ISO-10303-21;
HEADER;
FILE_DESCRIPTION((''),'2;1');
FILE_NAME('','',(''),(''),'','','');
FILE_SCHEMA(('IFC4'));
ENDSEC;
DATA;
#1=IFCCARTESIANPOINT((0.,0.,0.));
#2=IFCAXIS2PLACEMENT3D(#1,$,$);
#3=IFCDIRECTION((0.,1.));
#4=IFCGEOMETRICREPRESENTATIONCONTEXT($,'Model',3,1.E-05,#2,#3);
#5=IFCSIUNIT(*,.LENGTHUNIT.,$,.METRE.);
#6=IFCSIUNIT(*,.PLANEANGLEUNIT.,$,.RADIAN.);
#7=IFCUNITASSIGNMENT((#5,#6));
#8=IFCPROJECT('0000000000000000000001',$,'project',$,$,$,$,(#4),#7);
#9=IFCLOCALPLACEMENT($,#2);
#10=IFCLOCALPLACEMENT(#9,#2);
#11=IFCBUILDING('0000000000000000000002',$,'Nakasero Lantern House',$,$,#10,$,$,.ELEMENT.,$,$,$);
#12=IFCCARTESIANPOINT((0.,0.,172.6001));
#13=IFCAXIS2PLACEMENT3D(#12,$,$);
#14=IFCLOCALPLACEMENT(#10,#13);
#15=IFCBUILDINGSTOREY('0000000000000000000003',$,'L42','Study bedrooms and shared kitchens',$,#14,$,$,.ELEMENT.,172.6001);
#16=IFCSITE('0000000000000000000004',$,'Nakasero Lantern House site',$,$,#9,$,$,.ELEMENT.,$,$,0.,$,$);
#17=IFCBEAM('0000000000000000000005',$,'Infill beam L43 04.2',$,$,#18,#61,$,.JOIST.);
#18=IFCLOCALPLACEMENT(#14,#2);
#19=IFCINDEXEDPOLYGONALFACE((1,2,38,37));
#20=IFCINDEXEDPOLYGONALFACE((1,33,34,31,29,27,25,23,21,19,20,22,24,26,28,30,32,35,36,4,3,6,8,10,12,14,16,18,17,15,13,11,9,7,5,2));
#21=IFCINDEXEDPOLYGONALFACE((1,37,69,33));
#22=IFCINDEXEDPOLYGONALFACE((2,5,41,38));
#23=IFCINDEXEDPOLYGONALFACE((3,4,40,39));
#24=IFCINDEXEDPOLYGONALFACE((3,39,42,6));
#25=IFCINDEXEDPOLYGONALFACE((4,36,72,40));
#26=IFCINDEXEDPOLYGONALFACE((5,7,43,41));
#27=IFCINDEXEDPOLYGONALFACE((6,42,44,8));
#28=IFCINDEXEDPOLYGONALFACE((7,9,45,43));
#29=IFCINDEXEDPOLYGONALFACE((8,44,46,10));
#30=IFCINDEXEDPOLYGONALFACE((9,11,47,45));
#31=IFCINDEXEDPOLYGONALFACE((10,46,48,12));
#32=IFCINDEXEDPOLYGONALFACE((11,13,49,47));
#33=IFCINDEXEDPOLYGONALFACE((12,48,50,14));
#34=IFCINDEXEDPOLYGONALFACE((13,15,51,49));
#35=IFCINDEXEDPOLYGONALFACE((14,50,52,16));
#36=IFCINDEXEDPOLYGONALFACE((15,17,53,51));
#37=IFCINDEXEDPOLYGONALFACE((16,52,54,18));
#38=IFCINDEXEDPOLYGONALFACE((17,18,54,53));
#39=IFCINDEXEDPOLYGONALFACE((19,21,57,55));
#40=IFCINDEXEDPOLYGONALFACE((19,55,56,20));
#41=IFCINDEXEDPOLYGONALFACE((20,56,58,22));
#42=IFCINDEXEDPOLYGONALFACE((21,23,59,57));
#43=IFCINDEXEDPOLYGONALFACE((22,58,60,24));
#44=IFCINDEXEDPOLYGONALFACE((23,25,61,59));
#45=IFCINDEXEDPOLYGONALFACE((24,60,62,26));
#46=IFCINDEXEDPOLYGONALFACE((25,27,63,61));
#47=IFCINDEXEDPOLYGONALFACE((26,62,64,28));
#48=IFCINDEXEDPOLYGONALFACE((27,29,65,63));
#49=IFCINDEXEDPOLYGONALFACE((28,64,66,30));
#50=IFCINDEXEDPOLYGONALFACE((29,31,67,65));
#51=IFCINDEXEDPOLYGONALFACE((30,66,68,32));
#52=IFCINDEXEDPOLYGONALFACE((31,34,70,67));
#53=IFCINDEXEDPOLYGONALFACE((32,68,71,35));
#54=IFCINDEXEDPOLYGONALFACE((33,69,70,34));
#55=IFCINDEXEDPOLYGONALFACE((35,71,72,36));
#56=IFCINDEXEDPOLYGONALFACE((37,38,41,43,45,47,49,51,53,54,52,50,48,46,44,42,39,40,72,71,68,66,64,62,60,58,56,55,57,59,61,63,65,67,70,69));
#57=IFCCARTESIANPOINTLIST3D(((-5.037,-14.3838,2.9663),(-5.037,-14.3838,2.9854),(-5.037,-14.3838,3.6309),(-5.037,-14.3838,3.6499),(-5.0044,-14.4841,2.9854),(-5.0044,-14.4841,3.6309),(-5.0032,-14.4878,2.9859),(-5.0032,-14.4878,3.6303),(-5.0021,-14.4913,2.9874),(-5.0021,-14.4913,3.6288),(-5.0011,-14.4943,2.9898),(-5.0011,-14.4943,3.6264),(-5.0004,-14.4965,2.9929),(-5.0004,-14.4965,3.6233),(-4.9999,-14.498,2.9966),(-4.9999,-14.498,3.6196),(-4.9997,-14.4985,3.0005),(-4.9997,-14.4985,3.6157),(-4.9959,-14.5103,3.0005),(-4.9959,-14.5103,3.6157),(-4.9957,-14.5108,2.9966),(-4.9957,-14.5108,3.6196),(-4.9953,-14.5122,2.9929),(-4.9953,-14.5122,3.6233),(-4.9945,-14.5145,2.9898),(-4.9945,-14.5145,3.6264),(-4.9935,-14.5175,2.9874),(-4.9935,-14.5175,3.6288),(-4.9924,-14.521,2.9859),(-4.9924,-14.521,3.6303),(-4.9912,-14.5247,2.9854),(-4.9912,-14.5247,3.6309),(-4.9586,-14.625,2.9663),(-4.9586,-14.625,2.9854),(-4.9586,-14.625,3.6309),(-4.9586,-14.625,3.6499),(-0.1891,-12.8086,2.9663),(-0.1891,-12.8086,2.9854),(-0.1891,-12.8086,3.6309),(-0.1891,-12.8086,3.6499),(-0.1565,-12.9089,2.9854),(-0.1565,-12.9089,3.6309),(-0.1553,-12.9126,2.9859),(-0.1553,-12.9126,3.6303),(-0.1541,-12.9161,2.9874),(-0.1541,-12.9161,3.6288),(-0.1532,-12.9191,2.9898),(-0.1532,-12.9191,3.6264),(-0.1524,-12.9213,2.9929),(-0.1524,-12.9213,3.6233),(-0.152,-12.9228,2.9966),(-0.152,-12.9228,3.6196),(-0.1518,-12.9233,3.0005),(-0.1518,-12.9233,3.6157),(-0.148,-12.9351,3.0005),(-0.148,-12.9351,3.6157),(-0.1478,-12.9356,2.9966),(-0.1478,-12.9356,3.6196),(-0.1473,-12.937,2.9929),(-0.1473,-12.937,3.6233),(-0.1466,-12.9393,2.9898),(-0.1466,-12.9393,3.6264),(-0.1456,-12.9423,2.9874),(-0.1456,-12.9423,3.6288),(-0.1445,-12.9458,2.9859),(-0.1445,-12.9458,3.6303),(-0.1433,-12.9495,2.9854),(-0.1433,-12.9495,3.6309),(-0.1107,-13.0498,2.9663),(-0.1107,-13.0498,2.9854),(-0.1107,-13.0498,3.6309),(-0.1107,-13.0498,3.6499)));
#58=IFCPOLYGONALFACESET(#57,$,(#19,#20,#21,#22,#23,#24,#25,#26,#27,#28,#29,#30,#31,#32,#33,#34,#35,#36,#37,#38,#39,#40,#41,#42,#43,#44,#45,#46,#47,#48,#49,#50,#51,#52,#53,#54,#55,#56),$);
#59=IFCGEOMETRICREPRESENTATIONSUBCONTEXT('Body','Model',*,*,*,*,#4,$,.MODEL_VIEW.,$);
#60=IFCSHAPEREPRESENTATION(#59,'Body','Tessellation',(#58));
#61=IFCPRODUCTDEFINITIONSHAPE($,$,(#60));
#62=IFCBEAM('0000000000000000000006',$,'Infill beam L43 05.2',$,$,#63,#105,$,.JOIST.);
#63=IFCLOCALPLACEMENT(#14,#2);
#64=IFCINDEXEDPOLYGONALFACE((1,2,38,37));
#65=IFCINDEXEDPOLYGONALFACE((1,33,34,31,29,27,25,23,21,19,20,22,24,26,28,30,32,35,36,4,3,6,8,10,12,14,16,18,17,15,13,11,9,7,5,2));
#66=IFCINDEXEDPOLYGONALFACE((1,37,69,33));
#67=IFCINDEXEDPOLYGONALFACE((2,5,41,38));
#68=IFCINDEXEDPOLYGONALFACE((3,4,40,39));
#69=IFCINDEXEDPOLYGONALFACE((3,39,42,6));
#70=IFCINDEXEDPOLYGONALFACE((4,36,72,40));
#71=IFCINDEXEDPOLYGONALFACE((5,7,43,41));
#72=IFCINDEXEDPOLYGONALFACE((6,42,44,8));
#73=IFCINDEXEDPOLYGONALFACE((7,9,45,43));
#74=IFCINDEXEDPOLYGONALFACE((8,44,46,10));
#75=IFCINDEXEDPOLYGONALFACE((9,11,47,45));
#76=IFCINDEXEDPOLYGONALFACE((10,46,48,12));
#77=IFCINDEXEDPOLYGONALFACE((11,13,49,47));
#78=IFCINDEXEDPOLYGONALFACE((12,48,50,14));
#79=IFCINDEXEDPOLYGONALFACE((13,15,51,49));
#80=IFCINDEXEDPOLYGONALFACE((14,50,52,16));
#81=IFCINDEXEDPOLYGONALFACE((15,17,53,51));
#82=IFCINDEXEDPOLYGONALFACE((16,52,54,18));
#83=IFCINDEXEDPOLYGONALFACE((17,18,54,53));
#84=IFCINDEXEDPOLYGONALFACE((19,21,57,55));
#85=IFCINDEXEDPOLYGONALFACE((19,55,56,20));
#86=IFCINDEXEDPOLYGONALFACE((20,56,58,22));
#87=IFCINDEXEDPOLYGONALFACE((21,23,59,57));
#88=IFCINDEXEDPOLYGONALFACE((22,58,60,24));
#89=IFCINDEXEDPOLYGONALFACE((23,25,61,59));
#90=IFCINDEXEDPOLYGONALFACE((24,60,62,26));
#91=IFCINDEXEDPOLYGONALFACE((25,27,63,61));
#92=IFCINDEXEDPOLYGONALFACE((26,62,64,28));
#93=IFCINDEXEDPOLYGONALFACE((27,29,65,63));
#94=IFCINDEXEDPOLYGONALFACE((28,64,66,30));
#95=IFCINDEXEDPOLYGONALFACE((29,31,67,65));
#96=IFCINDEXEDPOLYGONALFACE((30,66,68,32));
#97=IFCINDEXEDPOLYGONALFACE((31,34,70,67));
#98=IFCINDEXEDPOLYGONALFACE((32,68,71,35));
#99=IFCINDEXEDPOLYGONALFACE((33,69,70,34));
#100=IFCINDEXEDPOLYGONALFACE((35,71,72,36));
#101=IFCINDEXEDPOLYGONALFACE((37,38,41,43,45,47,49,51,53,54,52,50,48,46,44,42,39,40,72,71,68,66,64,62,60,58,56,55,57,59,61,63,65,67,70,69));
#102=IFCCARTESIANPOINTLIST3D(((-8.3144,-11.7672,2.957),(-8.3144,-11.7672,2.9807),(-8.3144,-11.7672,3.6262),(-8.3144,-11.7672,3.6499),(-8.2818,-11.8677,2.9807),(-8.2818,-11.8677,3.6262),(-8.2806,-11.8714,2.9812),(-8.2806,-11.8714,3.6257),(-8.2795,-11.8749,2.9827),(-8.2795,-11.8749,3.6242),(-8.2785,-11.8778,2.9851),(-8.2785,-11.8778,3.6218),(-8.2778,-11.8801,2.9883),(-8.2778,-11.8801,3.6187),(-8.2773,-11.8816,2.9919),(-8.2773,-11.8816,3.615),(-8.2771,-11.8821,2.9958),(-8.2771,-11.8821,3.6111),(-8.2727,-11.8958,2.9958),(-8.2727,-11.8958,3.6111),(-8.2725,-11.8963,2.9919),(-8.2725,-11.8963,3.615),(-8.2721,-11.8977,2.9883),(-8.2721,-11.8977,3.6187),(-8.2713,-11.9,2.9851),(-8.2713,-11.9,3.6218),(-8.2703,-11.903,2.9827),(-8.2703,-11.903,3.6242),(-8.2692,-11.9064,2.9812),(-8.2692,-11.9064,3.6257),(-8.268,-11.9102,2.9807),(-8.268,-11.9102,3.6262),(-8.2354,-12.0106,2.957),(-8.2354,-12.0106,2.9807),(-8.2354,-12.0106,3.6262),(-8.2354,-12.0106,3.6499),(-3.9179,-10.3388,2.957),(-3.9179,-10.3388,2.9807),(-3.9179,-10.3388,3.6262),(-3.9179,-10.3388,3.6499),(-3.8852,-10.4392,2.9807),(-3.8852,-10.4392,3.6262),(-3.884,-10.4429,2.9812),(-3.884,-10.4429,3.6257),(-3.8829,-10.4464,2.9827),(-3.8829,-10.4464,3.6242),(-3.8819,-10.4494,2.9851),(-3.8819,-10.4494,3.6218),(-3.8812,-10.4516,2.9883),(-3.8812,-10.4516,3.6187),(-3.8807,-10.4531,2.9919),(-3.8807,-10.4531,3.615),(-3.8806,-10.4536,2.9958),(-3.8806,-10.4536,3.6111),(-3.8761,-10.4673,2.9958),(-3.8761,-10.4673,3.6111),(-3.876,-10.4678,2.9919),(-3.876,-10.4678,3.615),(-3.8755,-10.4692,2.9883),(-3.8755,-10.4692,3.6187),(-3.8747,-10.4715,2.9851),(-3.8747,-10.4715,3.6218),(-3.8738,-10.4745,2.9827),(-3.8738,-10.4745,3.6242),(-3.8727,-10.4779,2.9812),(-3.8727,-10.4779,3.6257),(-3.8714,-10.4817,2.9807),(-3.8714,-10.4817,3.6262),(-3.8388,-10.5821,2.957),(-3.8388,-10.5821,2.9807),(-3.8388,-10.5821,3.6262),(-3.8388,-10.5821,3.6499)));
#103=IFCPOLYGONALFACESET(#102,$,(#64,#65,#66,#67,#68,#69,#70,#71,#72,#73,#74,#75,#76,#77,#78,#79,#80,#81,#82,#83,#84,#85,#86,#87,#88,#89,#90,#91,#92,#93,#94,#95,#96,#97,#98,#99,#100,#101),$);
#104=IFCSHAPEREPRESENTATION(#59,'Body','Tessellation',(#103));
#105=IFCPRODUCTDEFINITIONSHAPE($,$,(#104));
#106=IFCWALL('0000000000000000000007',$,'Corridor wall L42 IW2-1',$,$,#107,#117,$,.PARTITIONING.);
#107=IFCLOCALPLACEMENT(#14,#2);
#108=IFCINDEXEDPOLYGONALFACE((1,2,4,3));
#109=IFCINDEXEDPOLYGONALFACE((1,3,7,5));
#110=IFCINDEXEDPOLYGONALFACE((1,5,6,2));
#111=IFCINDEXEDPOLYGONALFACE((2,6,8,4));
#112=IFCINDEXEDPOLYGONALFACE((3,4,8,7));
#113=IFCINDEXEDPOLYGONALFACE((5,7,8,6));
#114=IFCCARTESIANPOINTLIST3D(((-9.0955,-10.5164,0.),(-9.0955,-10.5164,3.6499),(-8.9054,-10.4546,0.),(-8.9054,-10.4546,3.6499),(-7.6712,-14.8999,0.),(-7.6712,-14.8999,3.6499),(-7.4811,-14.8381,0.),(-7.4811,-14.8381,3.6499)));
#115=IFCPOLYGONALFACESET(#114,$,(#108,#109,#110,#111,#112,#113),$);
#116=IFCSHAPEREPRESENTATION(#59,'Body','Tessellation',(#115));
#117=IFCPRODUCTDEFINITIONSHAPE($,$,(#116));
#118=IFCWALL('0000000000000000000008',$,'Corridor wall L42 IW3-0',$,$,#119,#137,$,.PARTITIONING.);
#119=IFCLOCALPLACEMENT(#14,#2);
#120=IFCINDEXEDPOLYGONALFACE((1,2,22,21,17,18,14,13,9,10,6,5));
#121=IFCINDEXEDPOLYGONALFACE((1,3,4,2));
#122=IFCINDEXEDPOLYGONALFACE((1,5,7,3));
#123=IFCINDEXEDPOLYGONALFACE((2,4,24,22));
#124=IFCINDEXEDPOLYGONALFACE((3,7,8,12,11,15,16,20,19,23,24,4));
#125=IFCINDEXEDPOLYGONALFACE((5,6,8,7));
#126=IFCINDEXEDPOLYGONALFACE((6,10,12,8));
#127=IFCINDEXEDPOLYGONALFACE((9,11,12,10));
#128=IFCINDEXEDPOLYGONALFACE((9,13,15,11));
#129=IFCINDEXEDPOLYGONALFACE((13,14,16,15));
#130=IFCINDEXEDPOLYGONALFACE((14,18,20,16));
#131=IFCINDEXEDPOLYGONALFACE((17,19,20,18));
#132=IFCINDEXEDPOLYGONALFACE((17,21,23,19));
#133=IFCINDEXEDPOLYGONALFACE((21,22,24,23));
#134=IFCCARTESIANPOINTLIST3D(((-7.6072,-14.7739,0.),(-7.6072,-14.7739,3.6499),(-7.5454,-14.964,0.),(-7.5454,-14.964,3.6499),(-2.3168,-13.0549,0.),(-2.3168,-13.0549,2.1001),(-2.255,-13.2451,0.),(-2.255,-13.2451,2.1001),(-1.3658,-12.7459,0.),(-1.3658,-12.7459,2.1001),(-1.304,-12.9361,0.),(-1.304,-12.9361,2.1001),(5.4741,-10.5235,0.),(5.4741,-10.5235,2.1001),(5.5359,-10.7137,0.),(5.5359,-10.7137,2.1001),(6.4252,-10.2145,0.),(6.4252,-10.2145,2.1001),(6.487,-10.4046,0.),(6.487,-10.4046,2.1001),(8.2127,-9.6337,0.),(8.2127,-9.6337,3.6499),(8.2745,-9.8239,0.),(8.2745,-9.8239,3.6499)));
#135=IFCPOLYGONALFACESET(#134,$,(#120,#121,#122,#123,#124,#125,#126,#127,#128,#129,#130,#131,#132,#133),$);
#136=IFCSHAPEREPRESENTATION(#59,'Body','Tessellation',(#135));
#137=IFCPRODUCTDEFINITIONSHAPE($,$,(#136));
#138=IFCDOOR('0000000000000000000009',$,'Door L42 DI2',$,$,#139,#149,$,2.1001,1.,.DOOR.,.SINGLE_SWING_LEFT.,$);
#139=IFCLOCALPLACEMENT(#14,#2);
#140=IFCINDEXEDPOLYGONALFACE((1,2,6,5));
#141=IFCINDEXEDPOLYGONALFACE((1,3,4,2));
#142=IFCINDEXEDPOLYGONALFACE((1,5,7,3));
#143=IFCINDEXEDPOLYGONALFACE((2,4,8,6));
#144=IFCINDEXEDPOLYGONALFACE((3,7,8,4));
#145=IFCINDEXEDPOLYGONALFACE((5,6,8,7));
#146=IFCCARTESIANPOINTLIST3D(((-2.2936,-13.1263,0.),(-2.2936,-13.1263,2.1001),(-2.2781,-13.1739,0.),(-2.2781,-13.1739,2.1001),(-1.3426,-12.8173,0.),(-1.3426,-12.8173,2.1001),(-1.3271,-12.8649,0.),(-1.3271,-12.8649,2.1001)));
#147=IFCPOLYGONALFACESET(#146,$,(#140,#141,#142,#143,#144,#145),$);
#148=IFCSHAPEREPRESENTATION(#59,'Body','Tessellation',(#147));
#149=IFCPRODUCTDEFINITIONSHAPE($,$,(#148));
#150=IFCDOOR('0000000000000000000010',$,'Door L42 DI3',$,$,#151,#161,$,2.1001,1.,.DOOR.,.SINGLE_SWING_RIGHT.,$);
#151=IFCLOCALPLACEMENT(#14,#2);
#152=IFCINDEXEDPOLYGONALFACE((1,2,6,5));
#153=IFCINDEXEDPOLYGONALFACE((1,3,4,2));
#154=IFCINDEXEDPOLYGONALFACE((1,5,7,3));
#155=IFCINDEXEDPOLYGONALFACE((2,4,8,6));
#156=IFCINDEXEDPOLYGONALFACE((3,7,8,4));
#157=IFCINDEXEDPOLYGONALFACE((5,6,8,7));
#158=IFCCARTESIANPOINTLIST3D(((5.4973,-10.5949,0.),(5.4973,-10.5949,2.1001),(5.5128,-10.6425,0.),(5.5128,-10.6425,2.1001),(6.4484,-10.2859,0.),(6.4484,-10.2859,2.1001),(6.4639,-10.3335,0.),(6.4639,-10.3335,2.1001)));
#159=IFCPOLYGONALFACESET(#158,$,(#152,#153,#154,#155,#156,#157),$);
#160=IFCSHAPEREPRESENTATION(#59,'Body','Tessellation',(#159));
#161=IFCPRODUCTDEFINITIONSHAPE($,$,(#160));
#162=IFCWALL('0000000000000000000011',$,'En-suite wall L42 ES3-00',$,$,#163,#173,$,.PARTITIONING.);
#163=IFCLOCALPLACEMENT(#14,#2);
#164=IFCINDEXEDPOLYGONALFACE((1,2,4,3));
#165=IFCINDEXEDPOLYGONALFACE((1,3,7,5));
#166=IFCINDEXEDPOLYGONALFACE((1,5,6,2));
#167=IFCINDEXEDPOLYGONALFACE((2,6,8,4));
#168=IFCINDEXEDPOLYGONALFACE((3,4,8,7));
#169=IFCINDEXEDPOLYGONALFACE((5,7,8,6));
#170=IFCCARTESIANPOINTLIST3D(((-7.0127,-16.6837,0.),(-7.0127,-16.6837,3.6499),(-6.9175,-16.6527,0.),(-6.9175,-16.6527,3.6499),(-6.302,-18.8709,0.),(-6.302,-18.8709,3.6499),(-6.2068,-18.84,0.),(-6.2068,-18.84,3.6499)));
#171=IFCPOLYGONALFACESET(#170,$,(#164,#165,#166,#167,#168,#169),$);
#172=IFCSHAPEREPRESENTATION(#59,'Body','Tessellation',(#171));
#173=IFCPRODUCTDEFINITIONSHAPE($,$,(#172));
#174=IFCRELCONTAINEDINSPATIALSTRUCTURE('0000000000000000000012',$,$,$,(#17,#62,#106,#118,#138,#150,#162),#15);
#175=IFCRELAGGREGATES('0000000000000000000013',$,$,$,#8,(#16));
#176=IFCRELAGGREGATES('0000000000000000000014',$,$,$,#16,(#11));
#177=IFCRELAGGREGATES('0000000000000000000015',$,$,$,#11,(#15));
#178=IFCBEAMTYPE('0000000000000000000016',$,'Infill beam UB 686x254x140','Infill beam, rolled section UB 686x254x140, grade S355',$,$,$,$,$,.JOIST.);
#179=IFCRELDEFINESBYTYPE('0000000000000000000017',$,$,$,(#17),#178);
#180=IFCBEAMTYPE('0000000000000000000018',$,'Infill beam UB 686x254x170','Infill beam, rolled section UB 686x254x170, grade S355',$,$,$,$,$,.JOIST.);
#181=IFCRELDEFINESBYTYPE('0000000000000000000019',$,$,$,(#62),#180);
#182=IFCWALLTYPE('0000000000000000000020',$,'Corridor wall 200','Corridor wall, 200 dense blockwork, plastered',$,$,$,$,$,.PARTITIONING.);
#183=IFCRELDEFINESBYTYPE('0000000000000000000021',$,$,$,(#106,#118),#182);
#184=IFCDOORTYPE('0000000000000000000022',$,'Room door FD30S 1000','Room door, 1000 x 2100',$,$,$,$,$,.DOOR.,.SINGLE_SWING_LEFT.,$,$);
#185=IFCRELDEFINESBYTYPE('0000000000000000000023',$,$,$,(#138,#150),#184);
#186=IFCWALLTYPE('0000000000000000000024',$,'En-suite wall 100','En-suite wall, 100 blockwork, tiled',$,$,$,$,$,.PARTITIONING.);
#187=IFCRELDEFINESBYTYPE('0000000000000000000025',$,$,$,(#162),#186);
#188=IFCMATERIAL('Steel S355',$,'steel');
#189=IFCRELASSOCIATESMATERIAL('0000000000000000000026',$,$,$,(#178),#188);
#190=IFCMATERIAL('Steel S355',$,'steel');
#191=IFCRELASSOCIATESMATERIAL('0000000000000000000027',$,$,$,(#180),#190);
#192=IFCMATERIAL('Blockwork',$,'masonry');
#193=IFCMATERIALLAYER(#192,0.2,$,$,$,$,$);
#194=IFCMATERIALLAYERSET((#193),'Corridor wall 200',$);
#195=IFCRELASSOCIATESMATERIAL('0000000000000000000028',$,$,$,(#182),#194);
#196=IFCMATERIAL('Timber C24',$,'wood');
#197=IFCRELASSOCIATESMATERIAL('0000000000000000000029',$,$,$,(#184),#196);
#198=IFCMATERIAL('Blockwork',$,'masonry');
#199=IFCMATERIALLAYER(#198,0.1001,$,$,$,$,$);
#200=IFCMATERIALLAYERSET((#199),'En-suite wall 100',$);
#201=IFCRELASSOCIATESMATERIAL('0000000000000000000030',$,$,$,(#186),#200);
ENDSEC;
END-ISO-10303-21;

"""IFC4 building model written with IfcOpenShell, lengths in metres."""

from ifc_helpers import new_model, si_unit, direction, frame, frame_2d, origin, origin_2d, place, context, subcontext, project, spatial, rectangle, i_section, extrude, material, layer, layer_set, material_profile, profile_set, type_object, element, fill, save


model = new_model("IFC4")

# Units and contexts
model_context = context("Model", 3, precision=1e-05, world=origin(), true_north=direction((0.0, 1.0)))
body_context = subcontext(model_context, "Body", "Model", "MODEL_VIEW")
ifc_project = project(units=[si_unit("LENGTHUNIT", "METRE"), si_unit("PLANEANGLEUNIT", "RADIAN")], contexts=[model_context])

# Site, building, storey
site_placement = place(None, origin())
site = spatial("IfcSite", under=ifc_project, at=site_placement, Name="Nakasero Lantern House site", CompositionType="ELEMENT", RefElevation=0.0)
building_placement = place(site_placement, origin())
building = spatial("IfcBuilding", under=site, at=building_placement, Name="Nakasero Lantern House", CompositionType="ELEMENT")
storey_placement = place(building_placement, frame((0.0, 0.0, 172.6001)))
storey = spatial("IfcBuildingStorey", under=building, at=storey_placement, Name="L42", Description="Study bedrooms and shared kitchens", CompositionType="ELEMENT", Elevation=172.6001)

# Beams
ifc_material_1 = material(Name="Steel S355", Category="steel")
ifc_material_profile_1 = material_profile(ifc_material_1, i_section(OverallWidth=0.2537, OverallDepth=0.6836, WebThickness=0.0125, FlangeThickness=0.019, FilletRadius=0.0151, at=origin_2d()), Name="UB 686x254x140")
ifc_profile_set_1 = profile_set([ifc_material_profile_1], Name="Steel S355")
beam_type_1 = type_object("IfcBeamType", Name="Infill beam UB 686x254x140", Description="Infill beam, rolled section UB 686x254x140, grade S355", PredefinedType="JOIST", material=ifc_profile_set_1)
beam_1_placement = place(storey_placement, frame((-4.9978, -14.5044, 3.3081), z_axis=(0.951056, 0.30902, 0.0), x_axis=(-0.30902, 0.951056, 0.0)))
element("IfcBeam", 1, at=beam_1_placement, inside=storey, type_object=beam_type_1, Name="Infill beam L43 04.2", PredefinedType="JOIST", context=body_context, shape_type="SweptSolid", body=[
    extrude(i_section(OverallWidth=0.2537, OverallDepth=0.6836, WebThickness=0.0125, FlangeThickness=0.019, FilletRadius=0.0151, at=origin_2d()), origin(), (0.0, 0.0, 1.0), 5.0974),
])
ifc_material_2 = material(Name="Steel S355", Category="steel")
ifc_material_profile_2 = material_profile(ifc_material_2, i_section(OverallWidth=0.2559, OverallDepth=0.6929, WebThickness=0.0144, FlangeThickness=0.0237, FilletRadius=0.0151, at=origin_2d()), Name="UB 686x254x170")
ifc_profile_set_2 = profile_set([ifc_material_profile_2], Name="Steel S355")
beam_type_2 = type_object("IfcBeamType", Name="Infill beam UB 686x254x170", Description="Infill beam, rolled section UB 686x254x170, grade S355", PredefinedType="JOIST", material=ifc_profile_set_2)
beam_2_placement = place(storey_placement, frame((-8.2749, -11.8889, 3.3035), z_axis=(0.951059, 0.30901, 0.0), x_axis=(-0.30901, 0.951059, 0.0)))
element("IfcBeam", 2, at=beam_2_placement, inside=storey, type_object=beam_type_2, Name="Infill beam L43 05.2", PredefinedType="JOIST", context=body_context, shape_type="SweptSolid", body=[
    extrude(i_section(OverallWidth=0.2559, OverallDepth=0.6929, WebThickness=0.0144, FlangeThickness=0.0237, FilletRadius=0.0151, at=origin_2d()), origin(), (0.0, 0.0, 1.0), 4.6228),
])

# Shared definitions
ifc_material_3 = material(Name="Blockwork", Category="masonry")
ifc_layer_1 = layer(ifc_material_3, 0.2)
ifc_layer_set_1 = layer_set([ifc_layer_1], Name="Corridor wall 200")
wall_type_1 = type_object("IfcWallType", Name="Corridor wall 200", Description="Corridor wall, 200 dense blockwork, plastered", PredefinedType="PARTITIONING", material=ifc_layer_set_1)
ifc_material_4 = material(Name="Timber C24", Category="wood")
door_type_1 = type_object("IfcDoorType", Name="Room door FD30S 1000", Description="Room door, 1000 x 2100", OperationType="SINGLE_SWING_LEFT", PredefinedType="DOOR", material=ifc_material_4)

# Wall
wall_1_placement = place(storey_placement, frame((-9.0005, -10.4854, 0.0), z_axis=(0.0, 0.0, 1.0), x_axis=(0.30902, -0.951055, 0.0)))
element("IfcWall", 3, at=wall_1_placement, inside=storey, type_object=wall_type_1, Name="Corridor wall L42 IW2-1", PredefinedType="PARTITIONING", context=body_context, shape_type="SweptSolid", body=[
    extrude(rectangle(XDim=4.6091, YDim=0.2, at=frame_2d((2.3047, 0.0))), origin(), (0.0, 0.0, 1.0), 3.6499),
])

# Wall, openings, doors
wall_2_placement = place(storey_placement, frame((-7.5762, -14.8689, 0.0), z_axis=(0.0, 0.0, 1.0), x_axis=(0.951057, 0.309015, 0.0)))
wall_2 = element("IfcWall", 4, at=wall_2_placement, inside=storey, type_object=wall_type_1, Name="Corridor wall L42 IW3-0", PredefinedType="PARTITIONING", context=body_context, shape_type="SweptSolid", body=[
    extrude(rectangle(XDim=16.634, YDim=0.2, at=frame_2d((8.3169, 0.0))), origin(), (0.0, 0.0, 1.0), 3.6499),
])
opening_1_placement = place(wall_2_placement, frame((5.5625, 0.0, 0.0)))
opening_1 = element("IfcOpeningElement", 5, at=opening_1_placement, cuts=wall_2, PredefinedType="OPENING", context=body_context, shape_type="SweptSolid", body=[
    extrude(rectangle(XDim=1.0, YDim=2.1001, at=frame_2d((0.5, 1.05))), frame((0.0, 0.1199, 0.0), z_axis=(0.0, -1.0, 0.0), x_axis=(1.0, 0.0, 0.0)), (0.0, 0.0, 1.0), 0.24),
])
opening_2_placement = place(wall_2_placement, frame((13.7544, 0.0, 0.0)))
opening_2 = element("IfcOpeningElement", 6, at=opening_2_placement, cuts=wall_2, PredefinedType="OPENING", context=body_context, shape_type="SweptSolid", body=[
    extrude(rectangle(XDim=1.0, YDim=2.1001, at=frame_2d((0.5, 1.05))), frame((0.0, 0.1199, 0.0), z_axis=(0.0, -1.0, 0.0), x_axis=(1.0, 0.0, 0.0)), (0.0, 0.0, 1.0), 0.24),
])
door_1_placement = place(opening_1_placement, origin())
door_1 = element("IfcDoor", 7, at=door_1_placement, inside=storey, type_object=door_type_1, Name="Door L42 DI2", OperationType="SINGLE_SWING_LEFT", OverallHeight=2.1001, OverallWidth=1.0, PredefinedType="DOOR", context=body_context, shape_type="SweptSolid", body=[
    extrude(rectangle(XDim=1.0, YDim=2.1001, at=frame_2d((0.5, 1.05))), frame((0.0, 0.0249, 0.0), z_axis=(0.0, -1.0, 0.0), x_axis=(1.0, 0.0, 0.0)), (0.0, 0.0, 1.0), 0.05),
])
fill(opening_1, door_1)
door_2_placement = place(opening_2_placement, origin())
door_2 = element("IfcDoor", 8, at=door_2_placement, inside=storey, type_object=door_type_1, Name="Door L42 DI3", OperationType="SINGLE_SWING_RIGHT", OverallHeight=2.1001, OverallWidth=1.0, PredefinedType="DOOR", context=body_context, shape_type="SweptSolid", body=[
    extrude(rectangle(XDim=1.0, YDim=2.1001, at=frame_2d((0.5, 1.05))), frame((0.0, 0.0249, 0.0), z_axis=(0.0, -1.0, 0.0), x_axis=(1.0, 0.0, 0.0)), (0.0, 0.0, 1.0), 0.05),
])
fill(opening_2, door_2)

# Wall
ifc_material_5 = material(Name="Blockwork", Category="masonry")
ifc_layer_2 = layer(ifc_material_5, 0.1001)
ifc_layer_set_2 = layer_set([ifc_layer_2], Name="En-suite wall 100")
wall_type_2 = type_object("IfcWallType", Name="En-suite wall 100", Description="En-suite wall, 100 blockwork, tiled", PredefinedType="PARTITIONING", material=ifc_layer_set_2)
wall_3_placement = place(storey_placement, frame((-6.9651, -16.6682, 0.0), z_axis=(0.0, 0.0, 1.0), x_axis=(0.309021, -0.951055, 0.0)))
element("IfcWall", 9, at=wall_3_placement, inside=storey, type_object=wall_type_2, Name="En-suite wall L42 ES3-00", PredefinedType="PARTITIONING", context=body_context, shape_type="SweptSolid", body=[
    extrude(rectangle(XDim=2.2998, YDim=0.1001, at=frame_2d((1.1499, 0.0))), origin(), (0.0, 0.0, 1.0), 3.6499),
])

save(model, "model.ifc")
